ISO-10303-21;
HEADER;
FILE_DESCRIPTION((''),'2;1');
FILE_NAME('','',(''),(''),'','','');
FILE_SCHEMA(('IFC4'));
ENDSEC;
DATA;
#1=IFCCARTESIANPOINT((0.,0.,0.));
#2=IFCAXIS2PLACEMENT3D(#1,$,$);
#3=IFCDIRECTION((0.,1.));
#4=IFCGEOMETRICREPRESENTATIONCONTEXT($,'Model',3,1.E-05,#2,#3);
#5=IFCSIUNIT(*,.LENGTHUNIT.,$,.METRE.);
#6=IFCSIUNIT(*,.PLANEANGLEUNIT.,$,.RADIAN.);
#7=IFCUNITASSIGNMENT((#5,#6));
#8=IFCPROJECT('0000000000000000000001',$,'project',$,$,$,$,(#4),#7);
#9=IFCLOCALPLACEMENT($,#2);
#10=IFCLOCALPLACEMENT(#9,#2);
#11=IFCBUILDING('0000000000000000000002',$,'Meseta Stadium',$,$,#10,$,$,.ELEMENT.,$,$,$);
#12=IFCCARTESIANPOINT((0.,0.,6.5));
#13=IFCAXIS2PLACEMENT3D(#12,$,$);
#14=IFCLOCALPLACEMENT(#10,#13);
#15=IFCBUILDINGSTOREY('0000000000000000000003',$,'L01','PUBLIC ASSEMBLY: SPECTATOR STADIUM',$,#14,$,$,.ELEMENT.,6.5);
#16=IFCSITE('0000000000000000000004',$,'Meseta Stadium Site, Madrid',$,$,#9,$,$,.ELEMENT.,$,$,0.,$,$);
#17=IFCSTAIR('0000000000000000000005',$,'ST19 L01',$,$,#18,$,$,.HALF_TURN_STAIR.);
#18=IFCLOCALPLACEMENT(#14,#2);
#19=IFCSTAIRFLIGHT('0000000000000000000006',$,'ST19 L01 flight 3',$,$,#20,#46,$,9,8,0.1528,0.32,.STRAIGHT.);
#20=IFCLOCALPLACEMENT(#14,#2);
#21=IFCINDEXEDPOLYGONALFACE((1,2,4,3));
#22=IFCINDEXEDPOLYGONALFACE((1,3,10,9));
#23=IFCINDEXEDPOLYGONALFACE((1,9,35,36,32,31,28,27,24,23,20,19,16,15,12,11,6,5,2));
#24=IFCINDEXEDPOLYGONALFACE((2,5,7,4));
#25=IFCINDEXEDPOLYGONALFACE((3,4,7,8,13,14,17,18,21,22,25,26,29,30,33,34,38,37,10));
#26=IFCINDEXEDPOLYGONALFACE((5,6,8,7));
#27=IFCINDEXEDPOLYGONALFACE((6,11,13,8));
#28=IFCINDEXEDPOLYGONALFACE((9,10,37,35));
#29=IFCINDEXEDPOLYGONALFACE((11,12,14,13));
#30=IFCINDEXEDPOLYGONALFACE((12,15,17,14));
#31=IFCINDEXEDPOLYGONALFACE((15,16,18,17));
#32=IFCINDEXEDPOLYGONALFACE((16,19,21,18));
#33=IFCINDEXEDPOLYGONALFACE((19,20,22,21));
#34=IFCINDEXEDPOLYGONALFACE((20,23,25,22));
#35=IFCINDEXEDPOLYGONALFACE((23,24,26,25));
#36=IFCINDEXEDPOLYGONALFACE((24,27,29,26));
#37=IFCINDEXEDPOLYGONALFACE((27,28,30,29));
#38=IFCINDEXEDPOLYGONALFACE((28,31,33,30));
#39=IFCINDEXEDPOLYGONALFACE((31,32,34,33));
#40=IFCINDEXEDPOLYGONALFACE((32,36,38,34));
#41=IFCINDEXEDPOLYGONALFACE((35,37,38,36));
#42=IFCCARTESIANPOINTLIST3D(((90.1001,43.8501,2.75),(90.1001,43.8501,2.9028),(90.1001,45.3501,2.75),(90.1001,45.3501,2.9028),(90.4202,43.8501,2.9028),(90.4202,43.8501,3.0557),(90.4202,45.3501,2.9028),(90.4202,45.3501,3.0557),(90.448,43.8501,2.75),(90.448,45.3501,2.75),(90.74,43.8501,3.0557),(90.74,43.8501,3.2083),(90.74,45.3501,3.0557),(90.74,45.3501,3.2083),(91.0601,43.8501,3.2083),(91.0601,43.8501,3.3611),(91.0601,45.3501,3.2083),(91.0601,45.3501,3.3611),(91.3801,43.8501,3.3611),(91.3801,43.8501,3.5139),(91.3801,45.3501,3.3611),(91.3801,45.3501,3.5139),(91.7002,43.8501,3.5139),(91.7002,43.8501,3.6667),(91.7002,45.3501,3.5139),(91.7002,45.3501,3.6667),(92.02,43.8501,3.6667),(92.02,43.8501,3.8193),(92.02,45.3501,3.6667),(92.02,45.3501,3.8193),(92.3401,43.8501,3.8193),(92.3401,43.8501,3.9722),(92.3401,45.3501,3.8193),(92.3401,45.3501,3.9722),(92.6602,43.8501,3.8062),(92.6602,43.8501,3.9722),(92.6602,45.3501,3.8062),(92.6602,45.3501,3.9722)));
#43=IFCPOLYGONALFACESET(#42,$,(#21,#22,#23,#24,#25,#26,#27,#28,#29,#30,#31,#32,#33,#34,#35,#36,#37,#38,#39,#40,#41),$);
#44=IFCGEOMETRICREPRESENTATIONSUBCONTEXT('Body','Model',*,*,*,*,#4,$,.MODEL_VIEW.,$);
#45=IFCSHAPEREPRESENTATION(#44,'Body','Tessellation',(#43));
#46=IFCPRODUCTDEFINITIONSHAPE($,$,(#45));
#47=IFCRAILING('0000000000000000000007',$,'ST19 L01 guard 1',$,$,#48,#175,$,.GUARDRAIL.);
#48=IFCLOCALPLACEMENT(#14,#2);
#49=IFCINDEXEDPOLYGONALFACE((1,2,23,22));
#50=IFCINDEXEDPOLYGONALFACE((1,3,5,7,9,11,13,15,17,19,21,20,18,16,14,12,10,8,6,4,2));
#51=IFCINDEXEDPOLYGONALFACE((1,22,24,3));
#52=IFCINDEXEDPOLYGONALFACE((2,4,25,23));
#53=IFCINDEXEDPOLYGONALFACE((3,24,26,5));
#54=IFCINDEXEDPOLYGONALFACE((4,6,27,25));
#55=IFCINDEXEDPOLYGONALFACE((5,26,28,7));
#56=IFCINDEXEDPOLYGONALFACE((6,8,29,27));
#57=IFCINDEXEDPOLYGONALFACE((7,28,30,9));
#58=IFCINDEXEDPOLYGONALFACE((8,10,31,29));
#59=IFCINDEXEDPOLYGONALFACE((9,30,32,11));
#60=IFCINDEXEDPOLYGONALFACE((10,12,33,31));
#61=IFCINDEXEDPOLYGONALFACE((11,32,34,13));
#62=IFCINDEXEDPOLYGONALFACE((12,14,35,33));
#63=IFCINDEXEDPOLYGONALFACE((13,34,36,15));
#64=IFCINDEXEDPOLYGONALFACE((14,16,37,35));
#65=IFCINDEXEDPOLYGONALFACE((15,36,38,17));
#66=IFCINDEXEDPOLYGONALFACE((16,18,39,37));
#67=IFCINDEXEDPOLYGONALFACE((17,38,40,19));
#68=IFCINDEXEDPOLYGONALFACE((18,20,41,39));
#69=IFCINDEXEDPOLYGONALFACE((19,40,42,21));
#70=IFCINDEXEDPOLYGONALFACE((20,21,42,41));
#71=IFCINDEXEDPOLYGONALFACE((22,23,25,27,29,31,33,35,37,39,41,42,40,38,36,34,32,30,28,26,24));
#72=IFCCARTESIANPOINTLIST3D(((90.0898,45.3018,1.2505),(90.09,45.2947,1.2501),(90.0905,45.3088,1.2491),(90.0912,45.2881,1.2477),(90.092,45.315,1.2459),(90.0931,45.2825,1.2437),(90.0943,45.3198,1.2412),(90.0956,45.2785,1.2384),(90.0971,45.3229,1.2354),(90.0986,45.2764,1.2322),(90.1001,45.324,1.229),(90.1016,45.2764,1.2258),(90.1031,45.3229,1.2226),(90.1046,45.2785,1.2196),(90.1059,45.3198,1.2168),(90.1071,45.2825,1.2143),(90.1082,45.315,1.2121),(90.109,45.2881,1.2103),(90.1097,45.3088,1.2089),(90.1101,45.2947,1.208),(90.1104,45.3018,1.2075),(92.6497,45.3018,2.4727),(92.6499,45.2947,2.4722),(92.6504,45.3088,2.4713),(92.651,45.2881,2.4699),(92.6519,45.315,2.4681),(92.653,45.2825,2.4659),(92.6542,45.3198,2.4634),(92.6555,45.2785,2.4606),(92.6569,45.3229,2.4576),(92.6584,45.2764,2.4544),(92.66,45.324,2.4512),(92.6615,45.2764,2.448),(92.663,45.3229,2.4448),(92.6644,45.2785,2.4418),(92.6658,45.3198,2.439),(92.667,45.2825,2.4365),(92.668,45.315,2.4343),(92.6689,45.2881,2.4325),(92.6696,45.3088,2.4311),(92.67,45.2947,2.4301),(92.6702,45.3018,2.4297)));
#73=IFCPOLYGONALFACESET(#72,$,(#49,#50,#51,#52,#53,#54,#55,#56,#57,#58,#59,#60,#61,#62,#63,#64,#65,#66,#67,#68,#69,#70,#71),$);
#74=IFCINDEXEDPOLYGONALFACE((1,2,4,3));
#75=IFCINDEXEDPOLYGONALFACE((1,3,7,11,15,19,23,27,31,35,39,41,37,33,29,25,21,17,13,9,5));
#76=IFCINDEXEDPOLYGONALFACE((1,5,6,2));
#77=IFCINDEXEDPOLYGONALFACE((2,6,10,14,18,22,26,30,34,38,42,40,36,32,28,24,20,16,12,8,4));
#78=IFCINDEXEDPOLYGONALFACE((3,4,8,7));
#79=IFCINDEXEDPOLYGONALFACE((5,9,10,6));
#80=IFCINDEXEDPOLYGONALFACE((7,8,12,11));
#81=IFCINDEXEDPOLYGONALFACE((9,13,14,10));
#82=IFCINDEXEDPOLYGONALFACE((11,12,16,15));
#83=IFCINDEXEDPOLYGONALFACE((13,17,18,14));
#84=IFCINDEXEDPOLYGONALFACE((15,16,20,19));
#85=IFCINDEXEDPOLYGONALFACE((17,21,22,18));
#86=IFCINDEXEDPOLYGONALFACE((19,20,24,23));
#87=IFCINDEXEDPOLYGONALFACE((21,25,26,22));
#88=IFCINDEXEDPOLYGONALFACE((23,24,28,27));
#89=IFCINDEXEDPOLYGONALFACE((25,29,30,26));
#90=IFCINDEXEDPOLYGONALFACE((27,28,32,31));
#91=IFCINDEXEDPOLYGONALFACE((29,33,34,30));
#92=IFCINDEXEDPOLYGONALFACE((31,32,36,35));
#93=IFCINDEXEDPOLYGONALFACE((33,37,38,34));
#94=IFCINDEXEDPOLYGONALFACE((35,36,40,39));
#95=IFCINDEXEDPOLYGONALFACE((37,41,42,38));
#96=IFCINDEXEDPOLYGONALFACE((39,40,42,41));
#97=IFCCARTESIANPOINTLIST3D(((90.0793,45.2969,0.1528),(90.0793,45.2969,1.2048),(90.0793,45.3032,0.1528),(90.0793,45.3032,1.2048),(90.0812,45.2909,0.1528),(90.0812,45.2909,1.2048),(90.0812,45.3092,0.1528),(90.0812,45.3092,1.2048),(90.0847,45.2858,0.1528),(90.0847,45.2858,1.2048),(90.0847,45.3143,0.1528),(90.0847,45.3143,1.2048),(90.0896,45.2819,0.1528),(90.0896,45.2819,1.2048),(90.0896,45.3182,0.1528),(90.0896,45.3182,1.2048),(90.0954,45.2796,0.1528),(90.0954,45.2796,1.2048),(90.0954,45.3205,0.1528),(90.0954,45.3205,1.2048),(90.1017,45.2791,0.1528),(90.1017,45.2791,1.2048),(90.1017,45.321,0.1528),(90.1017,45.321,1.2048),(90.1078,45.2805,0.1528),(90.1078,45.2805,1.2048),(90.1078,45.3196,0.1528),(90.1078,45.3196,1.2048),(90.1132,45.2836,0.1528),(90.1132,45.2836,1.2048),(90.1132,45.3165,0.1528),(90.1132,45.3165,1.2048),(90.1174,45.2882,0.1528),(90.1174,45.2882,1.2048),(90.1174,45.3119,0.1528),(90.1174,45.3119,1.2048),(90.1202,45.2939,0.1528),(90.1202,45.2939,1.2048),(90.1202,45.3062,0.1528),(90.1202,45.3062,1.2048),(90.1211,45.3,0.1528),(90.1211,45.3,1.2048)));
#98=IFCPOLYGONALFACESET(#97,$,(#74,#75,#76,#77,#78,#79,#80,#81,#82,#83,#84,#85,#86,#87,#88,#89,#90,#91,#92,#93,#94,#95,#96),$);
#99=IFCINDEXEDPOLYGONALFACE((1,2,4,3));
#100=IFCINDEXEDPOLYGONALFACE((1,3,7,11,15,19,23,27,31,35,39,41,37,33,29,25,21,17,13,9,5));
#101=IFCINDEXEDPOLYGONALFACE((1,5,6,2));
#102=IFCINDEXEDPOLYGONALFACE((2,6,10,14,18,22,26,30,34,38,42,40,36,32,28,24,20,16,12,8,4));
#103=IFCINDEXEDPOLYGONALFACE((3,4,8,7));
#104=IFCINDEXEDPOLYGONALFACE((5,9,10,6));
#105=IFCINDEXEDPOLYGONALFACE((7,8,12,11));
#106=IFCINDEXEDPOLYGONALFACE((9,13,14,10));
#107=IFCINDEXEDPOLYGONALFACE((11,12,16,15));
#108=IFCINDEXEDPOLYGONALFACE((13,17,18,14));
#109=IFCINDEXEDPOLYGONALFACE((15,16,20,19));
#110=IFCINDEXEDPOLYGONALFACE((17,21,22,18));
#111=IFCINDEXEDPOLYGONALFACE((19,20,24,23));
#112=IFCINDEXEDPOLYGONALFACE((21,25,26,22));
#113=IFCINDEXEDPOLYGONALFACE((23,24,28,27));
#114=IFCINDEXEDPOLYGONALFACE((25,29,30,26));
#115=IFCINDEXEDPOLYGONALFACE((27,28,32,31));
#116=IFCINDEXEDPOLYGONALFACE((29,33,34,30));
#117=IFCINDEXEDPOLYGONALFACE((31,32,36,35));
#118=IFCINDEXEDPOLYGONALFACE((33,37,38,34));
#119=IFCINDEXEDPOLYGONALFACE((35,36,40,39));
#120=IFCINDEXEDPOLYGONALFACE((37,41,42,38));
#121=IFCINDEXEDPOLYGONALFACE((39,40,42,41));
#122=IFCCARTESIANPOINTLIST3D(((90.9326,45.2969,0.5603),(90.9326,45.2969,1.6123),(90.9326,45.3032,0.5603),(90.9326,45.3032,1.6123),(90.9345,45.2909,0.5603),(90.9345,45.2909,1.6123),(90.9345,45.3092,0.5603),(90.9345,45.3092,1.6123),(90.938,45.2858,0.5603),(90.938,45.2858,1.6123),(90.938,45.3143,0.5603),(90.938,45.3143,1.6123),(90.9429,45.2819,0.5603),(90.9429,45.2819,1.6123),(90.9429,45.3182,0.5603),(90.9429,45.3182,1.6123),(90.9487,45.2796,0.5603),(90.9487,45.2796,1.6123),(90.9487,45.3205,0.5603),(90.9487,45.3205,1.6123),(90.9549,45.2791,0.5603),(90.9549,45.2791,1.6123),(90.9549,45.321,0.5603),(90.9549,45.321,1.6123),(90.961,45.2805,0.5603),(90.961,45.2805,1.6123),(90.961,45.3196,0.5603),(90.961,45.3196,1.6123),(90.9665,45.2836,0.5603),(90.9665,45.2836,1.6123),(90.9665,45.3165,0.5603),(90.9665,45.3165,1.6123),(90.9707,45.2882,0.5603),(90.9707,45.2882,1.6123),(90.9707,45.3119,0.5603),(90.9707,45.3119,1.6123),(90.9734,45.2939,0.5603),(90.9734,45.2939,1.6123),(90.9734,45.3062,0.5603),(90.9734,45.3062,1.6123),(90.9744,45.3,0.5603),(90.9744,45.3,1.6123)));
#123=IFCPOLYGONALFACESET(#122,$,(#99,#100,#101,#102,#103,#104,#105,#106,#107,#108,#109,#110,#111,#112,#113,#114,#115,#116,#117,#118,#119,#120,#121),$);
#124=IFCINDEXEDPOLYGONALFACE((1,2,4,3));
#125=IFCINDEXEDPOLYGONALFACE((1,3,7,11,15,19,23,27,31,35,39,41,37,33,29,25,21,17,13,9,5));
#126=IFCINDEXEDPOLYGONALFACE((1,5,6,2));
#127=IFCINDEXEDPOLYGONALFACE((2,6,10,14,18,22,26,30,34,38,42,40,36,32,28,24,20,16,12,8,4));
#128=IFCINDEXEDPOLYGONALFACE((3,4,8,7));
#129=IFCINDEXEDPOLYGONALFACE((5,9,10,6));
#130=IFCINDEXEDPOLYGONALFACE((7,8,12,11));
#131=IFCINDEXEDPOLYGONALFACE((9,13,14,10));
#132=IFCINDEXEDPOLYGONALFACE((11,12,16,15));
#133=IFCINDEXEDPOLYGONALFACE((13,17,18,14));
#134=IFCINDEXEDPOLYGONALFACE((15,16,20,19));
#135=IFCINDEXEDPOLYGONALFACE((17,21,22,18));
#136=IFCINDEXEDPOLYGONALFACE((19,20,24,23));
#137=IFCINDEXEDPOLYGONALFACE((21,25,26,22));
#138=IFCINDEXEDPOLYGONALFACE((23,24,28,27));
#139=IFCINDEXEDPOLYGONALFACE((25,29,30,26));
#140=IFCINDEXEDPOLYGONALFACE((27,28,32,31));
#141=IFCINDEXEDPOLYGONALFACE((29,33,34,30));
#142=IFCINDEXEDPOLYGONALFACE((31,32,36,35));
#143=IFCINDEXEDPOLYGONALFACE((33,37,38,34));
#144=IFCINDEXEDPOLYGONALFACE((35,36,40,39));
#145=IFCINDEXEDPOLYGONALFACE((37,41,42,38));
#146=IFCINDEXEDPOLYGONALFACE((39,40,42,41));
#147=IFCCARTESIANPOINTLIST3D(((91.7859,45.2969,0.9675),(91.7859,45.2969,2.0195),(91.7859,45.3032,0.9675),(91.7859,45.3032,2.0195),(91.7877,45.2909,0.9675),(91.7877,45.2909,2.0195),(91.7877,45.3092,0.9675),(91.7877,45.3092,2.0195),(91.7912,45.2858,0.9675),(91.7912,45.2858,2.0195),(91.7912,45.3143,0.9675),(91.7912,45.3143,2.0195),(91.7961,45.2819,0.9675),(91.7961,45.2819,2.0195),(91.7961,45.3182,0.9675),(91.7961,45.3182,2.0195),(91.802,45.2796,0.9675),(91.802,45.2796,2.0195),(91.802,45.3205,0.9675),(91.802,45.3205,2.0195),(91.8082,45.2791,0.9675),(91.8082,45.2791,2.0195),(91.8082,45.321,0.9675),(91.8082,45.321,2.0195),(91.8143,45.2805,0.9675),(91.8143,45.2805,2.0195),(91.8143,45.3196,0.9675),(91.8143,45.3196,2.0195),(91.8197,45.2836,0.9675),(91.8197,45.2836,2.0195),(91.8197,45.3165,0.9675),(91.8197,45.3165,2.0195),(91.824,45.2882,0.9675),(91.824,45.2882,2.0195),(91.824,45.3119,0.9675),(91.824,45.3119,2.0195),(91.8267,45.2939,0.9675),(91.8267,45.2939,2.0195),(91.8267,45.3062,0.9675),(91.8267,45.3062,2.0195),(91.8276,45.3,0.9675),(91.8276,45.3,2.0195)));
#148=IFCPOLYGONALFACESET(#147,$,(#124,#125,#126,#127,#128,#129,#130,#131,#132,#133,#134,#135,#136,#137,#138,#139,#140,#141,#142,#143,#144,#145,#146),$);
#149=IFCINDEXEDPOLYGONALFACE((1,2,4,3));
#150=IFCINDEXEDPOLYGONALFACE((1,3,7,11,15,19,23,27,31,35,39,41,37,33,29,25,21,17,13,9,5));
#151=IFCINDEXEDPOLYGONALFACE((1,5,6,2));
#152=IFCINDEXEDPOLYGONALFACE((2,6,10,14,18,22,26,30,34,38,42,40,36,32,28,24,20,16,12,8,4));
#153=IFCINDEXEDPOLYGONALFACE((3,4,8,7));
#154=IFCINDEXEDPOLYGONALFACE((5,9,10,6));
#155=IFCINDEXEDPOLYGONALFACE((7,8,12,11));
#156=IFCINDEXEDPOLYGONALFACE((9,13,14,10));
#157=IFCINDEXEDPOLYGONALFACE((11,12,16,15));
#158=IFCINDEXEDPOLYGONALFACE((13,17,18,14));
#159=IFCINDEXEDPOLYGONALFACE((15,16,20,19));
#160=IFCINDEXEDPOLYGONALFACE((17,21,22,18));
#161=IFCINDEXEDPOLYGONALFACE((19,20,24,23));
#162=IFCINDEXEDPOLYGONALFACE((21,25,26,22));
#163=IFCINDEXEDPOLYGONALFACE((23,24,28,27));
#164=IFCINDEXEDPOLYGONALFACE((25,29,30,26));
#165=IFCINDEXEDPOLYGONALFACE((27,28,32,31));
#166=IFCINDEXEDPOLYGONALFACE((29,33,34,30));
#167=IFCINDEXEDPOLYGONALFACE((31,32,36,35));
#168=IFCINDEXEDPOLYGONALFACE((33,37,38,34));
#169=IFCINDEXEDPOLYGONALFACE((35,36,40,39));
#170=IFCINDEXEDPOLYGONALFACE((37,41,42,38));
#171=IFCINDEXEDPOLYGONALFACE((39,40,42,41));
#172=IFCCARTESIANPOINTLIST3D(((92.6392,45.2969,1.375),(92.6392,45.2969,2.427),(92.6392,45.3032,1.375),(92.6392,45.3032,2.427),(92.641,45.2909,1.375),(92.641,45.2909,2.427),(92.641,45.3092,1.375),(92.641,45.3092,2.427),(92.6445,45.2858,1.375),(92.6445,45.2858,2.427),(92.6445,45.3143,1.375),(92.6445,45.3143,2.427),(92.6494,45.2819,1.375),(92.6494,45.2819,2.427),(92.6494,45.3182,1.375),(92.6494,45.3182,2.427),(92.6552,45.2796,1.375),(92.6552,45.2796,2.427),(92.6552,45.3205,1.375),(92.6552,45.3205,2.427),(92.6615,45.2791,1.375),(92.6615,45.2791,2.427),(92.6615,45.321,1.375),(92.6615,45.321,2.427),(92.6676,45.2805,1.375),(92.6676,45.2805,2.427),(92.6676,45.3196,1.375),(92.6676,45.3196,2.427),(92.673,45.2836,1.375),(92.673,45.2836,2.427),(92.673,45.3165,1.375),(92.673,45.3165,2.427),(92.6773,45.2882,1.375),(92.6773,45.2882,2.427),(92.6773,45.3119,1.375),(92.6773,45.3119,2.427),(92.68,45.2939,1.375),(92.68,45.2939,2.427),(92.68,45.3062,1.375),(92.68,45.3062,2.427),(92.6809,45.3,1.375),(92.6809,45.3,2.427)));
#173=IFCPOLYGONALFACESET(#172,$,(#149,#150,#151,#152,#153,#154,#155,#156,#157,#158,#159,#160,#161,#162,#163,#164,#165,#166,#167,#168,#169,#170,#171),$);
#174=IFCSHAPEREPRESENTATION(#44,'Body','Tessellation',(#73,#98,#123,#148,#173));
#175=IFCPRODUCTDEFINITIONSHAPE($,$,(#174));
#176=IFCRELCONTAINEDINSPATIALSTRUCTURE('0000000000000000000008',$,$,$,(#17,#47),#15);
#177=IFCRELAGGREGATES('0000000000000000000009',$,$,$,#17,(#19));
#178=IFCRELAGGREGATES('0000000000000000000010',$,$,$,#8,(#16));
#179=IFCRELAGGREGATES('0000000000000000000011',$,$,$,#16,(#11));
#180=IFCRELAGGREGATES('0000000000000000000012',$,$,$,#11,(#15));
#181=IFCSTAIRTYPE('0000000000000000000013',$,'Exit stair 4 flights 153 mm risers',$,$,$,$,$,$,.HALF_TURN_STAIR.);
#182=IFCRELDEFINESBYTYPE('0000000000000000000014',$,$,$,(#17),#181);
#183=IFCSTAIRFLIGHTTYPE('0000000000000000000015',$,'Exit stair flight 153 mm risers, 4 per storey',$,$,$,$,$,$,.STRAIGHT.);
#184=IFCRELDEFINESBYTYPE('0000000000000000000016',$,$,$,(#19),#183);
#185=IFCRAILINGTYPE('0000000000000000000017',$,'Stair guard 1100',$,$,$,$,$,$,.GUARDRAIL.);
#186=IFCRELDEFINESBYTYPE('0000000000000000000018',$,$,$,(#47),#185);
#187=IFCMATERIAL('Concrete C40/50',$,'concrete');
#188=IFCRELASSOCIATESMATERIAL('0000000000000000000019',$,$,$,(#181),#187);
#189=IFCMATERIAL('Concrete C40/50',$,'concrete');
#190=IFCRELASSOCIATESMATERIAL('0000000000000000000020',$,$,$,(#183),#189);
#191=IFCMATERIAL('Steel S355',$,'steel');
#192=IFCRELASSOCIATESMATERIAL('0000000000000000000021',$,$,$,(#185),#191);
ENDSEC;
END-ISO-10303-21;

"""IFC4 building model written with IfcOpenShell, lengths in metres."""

from ifc_helpers import new_model, si_unit, direction, frame, origin, origin_2d, place, context, subcontext, project, spatial, polyline, circle, outline, extrude, material, type_object, element, aggregate, save


model = new_model("IFC4")

# Units and contexts
model_context = context("Model", 3, precision=1e-05, world=origin(), true_north=direction((0.0, 1.0)))
body_context = subcontext(model_context, "Body", "Model", "MODEL_VIEW")
ifc_project = project(units=[si_unit("LENGTHUNIT", "METRE"), si_unit("PLANEANGLEUNIT", "RADIAN")], contexts=[model_context])

# Site, building, storey
site_placement = place(None, origin())
site = spatial("IfcSite", under=ifc_project, at=site_placement, Name="Meseta Stadium Site, Madrid", CompositionType="ELEMENT", RefElevation=0.0)
building_placement = place(site_placement, origin())
building = spatial("IfcBuilding", under=site, at=building_placement, Name="Meseta Stadium", CompositionType="ELEMENT")
storey_placement = place(building_placement, frame((0.0, 0.0, 6.5)))
storey = spatial("IfcBuildingStorey", under=building, at=storey_placement, Name="L01", Description="PUBLIC ASSEMBLY: SPECTATOR STADIUM", CompositionType="ELEMENT", Elevation=6.5)

# Stair, stair flight
ifc_material_1 = material(Name="Concrete C40/50", Category="concrete")
stair_type = type_object("IfcStairType", Name="Exit stair 4 flights 153 mm risers", PredefinedType="HALF_TURN_STAIR", material=ifc_material_1)
stair_placement = place(storey_placement, origin())
stair = element("IfcStair", 1, at=stair_placement, inside=storey, type_object=stair_type, Name="ST19 L01", PredefinedType="HALF_TURN_STAIR")
ifc_material_2 = material(Name="Concrete C40/50", Category="concrete")
stair_flight_type = type_object("IfcStairFlightType", Name="Exit stair flight 153 mm risers, 4 per storey", PredefinedType="STRAIGHT", material=ifc_material_2)
stair_flight_1_placement = place(storey_placement, frame((90.1001, 44.6001, 2.75), z_axis=(0.0, 0.0, 1.0), x_axis=(1.0, 0.0, 0.0)))
stair_flight_1 = element("IfcStairFlight", 2, at=stair_flight_1_placement, type_object=stair_flight_type, Name="ST19 L01 flight 3", NumberOfRisers=9, NumberOfTreads=8, PredefinedType="STRAIGHT", RiserHeight=0.1528, TreadLength=0.32, context=body_context, shape_type="SweptSolid", body=[
    extrude(outline(polyline([(0.0, 0.0), (0.0, 0.1528), (0.3201, 0.1528), (0.3201, 0.3057), (0.6399, 0.3057), (0.6399, 0.4583), (0.96, 0.4583), (0.96, 0.6111), (1.28, 0.6111), (1.28, 0.7639), (1.6001, 0.7639), (1.6001, 0.9167), (1.9199, 0.9167), (1.9199, 1.0693), (2.24, 1.0693), (2.24, 1.2222), (2.5601, 1.2222), (2.5601, 1.0562), (0.3479, 0.0), (0.0, 0.0)])), frame((0.0, 0.75, 0.0), z_axis=(0.0, -1.0, 0.0), x_axis=(1.0, 0.0, 0.0)), (0.0, 0.0, 1.0), 1.5),
])
aggregate(stair, [stair_flight_1])

# Railing
ifc_material_3 = material(Name="Steel S355", Category="steel")
railing_type_1 = type_object("IfcRailingType", Name="Stair guard 1100", PredefinedType="GUARDRAIL", material=ifc_material_3)
railing_1_placement = place(storey_placement, frame((90.1001, 45.3, 0.1528)))
element("IfcRailing", 3, at=railing_1_placement, inside=storey, type_object=railing_type_1, Name="ST19 L01 guard 1", PredefinedType="GUARDRAIL", context=body_context, shape_type="SweptSolid", body=[
    extrude(circle(Radius=0.0239, at=origin_2d()), frame((0.0, 0.0, 1.0762), z_axis=(0.902421, 0.0, 0.430855), x_axis=(0.0, 1.0, 0.0)), (0.0, 0.0, 1.0), 2.8367),
    extrude(circle(Radius=0.021, at=origin_2d()), origin(), (0.0, 0.0, 1.0), 1.052),
    extrude(circle(Radius=0.021, at=origin_2d()), frame((0.8533, 0.0, 0.4075)), (0.0, 0.0, 1.0), 1.052),
    extrude(circle(Radius=0.021, at=origin_2d()), frame((1.7065, 0.0, 0.8147)), (0.0, 0.0, 1.0), 1.052),
    extrude(circle(Radius=0.021, at=origin_2d()), frame((2.5598, 0.0, 1.2222)), (0.0, 0.0, 1.0), 1.052),
])

save(model, "model.ifc")
